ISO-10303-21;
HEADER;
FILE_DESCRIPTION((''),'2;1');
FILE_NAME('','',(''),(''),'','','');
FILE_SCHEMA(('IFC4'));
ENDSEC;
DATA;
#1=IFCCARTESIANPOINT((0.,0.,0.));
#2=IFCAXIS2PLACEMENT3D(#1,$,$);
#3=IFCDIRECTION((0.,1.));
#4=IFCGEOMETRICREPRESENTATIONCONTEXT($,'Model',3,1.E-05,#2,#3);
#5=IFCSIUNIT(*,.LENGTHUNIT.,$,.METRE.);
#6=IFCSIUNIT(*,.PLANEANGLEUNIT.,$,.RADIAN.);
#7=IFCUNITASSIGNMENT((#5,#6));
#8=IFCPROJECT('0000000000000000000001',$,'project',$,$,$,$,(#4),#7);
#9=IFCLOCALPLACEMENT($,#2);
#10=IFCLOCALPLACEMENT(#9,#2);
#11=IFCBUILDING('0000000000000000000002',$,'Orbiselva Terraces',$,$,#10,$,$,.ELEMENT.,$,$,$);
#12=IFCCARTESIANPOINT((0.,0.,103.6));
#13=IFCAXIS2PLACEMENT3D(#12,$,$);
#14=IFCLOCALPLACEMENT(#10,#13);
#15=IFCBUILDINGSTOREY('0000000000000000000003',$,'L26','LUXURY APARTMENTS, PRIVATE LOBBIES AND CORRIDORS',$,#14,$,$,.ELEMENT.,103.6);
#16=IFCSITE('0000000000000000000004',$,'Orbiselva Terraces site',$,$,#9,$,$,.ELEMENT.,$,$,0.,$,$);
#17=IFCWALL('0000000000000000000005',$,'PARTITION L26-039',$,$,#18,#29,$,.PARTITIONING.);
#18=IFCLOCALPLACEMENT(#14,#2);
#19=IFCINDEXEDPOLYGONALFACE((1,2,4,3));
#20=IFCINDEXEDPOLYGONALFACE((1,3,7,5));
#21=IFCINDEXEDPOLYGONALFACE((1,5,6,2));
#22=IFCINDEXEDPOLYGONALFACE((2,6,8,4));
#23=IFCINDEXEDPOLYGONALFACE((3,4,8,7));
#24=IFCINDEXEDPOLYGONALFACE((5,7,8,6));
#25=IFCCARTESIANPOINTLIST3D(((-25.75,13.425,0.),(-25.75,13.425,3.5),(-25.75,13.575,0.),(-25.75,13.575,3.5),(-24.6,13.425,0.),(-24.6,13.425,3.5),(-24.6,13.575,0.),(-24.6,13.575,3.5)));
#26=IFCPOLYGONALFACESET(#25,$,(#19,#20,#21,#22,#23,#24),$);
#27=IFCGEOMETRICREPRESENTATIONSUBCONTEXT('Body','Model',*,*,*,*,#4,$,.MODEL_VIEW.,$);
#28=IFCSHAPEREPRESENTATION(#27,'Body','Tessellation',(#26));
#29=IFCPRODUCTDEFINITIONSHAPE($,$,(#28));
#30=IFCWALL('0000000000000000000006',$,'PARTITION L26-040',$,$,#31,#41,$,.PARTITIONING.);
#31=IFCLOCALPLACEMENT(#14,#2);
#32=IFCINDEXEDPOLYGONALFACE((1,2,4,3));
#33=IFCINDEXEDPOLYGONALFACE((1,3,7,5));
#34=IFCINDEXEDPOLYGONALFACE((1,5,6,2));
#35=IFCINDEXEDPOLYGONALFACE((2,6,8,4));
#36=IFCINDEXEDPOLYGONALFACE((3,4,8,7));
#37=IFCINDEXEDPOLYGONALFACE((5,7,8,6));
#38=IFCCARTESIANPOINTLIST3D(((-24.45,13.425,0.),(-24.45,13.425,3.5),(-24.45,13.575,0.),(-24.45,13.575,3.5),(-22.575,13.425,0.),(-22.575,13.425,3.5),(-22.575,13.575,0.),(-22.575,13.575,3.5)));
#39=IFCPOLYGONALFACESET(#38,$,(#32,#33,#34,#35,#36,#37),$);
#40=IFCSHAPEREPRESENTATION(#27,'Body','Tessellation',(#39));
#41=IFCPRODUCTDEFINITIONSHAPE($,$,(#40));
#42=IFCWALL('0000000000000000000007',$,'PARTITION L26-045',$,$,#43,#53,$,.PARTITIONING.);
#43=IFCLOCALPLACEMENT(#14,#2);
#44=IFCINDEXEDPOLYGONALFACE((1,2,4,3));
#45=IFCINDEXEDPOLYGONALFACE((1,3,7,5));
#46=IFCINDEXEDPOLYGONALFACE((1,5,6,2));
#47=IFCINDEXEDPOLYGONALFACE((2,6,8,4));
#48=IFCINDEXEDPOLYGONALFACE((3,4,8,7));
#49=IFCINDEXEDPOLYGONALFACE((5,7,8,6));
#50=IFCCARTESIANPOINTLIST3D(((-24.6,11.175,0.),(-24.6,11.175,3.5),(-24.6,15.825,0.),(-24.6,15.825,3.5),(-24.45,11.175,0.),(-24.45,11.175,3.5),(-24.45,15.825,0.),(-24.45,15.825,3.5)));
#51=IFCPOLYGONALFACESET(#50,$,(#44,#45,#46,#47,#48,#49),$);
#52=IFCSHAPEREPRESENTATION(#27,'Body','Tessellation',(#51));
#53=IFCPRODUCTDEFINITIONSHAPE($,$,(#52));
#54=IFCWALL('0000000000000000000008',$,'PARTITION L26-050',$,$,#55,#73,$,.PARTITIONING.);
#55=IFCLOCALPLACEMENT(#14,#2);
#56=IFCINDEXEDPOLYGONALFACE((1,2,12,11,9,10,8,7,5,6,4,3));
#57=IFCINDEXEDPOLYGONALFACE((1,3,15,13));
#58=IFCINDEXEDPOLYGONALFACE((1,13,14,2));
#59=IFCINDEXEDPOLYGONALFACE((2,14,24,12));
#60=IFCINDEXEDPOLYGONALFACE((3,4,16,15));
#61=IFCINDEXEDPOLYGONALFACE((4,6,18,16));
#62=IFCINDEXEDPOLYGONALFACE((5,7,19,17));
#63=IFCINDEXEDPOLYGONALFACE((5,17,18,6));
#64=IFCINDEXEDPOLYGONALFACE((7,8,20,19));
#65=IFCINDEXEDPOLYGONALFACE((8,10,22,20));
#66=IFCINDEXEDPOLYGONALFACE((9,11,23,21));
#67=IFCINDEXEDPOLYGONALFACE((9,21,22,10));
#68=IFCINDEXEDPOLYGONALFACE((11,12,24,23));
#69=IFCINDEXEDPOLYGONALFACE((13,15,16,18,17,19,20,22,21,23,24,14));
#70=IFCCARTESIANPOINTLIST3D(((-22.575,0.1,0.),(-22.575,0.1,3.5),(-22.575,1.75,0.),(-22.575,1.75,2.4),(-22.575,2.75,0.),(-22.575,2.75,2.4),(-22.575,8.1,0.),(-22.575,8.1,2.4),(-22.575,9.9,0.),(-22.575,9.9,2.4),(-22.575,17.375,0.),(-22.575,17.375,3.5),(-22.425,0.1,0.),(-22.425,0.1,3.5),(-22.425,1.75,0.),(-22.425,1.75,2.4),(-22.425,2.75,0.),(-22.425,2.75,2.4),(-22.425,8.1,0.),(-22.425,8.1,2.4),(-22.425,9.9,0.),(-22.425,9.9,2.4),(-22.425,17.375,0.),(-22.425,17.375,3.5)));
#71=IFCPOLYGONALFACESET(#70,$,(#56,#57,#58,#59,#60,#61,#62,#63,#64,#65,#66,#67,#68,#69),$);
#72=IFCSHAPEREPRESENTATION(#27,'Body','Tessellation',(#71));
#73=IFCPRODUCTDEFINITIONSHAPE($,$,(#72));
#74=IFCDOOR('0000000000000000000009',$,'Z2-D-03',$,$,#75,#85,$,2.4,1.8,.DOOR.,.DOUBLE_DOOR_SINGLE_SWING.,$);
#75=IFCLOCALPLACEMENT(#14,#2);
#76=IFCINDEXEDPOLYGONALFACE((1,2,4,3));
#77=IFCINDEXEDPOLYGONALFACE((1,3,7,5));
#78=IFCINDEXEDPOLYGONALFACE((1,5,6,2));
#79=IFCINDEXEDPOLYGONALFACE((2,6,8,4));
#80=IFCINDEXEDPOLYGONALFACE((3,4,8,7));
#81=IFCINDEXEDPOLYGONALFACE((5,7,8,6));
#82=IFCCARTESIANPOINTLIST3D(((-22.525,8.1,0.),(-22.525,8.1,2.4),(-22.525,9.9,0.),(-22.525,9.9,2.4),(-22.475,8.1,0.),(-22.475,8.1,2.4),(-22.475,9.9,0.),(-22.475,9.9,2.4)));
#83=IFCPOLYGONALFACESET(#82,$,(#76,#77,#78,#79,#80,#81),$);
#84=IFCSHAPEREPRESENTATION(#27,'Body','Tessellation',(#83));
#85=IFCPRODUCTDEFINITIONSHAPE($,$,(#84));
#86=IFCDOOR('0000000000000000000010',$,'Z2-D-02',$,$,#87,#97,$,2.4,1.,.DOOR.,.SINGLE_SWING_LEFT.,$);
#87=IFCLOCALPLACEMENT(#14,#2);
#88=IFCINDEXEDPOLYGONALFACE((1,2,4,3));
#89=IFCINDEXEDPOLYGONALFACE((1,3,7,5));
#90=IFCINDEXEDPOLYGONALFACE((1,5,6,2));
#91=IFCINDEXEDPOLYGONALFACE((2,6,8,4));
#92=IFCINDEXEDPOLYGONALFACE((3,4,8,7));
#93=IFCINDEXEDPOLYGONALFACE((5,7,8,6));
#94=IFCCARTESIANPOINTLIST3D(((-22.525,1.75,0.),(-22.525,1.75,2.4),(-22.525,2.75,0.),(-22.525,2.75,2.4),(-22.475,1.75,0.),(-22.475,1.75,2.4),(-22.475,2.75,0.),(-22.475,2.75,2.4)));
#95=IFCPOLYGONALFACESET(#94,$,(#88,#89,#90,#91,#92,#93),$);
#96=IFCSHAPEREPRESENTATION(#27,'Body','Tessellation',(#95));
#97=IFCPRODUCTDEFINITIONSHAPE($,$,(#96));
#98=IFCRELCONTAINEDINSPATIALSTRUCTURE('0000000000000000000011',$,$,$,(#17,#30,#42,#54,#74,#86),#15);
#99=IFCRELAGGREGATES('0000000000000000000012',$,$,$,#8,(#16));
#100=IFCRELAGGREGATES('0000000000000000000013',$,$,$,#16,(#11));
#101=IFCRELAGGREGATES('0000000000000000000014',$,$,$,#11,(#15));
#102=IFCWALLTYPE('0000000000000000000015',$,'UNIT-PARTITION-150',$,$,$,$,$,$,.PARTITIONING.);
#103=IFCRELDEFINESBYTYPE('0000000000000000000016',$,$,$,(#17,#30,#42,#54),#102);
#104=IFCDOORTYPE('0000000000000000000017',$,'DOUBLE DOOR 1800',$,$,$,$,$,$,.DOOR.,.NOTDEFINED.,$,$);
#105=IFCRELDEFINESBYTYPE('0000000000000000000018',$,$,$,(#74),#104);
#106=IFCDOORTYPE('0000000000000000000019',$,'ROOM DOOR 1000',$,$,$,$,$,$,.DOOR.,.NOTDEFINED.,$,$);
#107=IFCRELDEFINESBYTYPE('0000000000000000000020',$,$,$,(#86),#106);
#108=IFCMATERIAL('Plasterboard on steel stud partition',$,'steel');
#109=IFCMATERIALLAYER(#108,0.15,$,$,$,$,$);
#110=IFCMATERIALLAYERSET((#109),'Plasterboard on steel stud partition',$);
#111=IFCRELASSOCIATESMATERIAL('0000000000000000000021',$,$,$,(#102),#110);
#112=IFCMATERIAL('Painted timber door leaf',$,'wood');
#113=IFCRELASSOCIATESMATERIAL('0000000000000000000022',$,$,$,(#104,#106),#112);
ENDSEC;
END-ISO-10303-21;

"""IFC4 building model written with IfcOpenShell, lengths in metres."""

from ifc_helpers import new_model, si_unit, direction, frame, frame_2d, origin, place, context, subcontext, project, spatial, rectangle, extrude, material, layer, layer_set, type_object, element, fill, save


model = new_model("IFC4")

# Units and contexts
model_context = context("Model", 3, precision=1e-05, world=origin(), true_north=direction((0.0, 1.0)))
body_context = subcontext(model_context, "Body", "Model", "MODEL_VIEW")
ifc_project = project(units=[si_unit("LENGTHUNIT", "METRE"), si_unit("PLANEANGLEUNIT", "RADIAN")], contexts=[model_context])

# Site, building, storey
site_placement = place(None, origin())
site = spatial("IfcSite", under=ifc_project, at=site_placement, Name="Orbiselva Terraces site", CompositionType="ELEMENT", RefElevation=0.0)
building_placement = place(site_placement, origin())
building = spatial("IfcBuilding", under=site, at=building_placement, Name="Orbiselva Terraces", CompositionType="ELEMENT")
storey_placement = place(building_placement, frame((0.0, 0.0, 103.6)))
storey = spatial("IfcBuildingStorey", under=building, at=storey_placement, Name="L26", Description="LUXURY APARTMENTS, PRIVATE LOBBIES AND CORRIDORS", CompositionType="ELEMENT", Elevation=103.6)

# Shared definitions
ifc_material_1 = material(Name="Plasterboard on steel stud partition", Category="steel")
ifc_material_2 = material(Name="Painted timber door leaf", Category="wood")

# Shared definitions
ifc_layer_1 = layer(ifc_material_1, 0.15)
ifc_layer_set_1 = layer_set([ifc_layer_1], Name="Plasterboard on steel stud partition")
wall_type_1 = type_object("IfcWallType", Name="UNIT-PARTITION-150", PredefinedType="PARTITIONING", material=ifc_layer_set_1)

# Walls
wall_1_placement = place(storey_placement, frame((-25.75, 13.5, 0.0), z_axis=(0.0, 0.0, 1.0), x_axis=(1.0, 0.0, 0.0)))
element("IfcWall", 1, at=wall_1_placement, inside=storey, type_object=wall_type_1, Name="PARTITION L26-039", PredefinedType="PARTITIONING", context=body_context, shape_type="SweptSolid", body=[
    extrude(rectangle(XDim=1.15, YDim=0.15, at=frame_2d((0.575, 0.0))), origin(), (0.0, 0.0, 1.0), 3.5),
])
wall_2_placement = place(storey_placement, frame((-24.45, 13.5, 0.0), z_axis=(0.0, 0.0, 1.0), x_axis=(1.0, 0.0, 0.0)))
element("IfcWall", 2, at=wall_2_placement, inside=storey, type_object=wall_type_1, Name="PARTITION L26-040", PredefinedType="PARTITIONING", context=body_context, shape_type="SweptSolid", body=[
    extrude(rectangle(XDim=1.875, YDim=0.15, at=frame_2d((0.9375, 0.0))), origin(), (0.0, 0.0, 1.0), 3.5),
])
wall_3_placement = place(storey_placement, frame((-24.525, 11.175, 0.0), z_axis=(0.0, 0.0, 1.0), x_axis=(0.0, 1.0, 0.0)))
element("IfcWall", 3, at=wall_3_placement, inside=storey, type_object=wall_type_1, Name="PARTITION L26-045", PredefinedType="PARTITIONING", context=body_context, shape_type="SweptSolid", body=[
    extrude(rectangle(XDim=4.65, YDim=0.15, at=frame_2d((2.325, 0.0))), origin(), (0.0, 0.0, 1.0), 3.5),
])

# Wall, openings, doors
wall_4_placement = place(storey_placement, frame((-22.5, 0.1, 0.0), z_axis=(0.0, 0.0, 1.0), x_axis=(0.0, 1.0, 0.0)))
wall_4 = element("IfcWall", 4, at=wall_4_placement, inside=storey, type_object=wall_type_1, Name="PARTITION L26-050", PredefinedType="PARTITIONING", context=body_context, shape_type="SweptSolid", body=[
    extrude(rectangle(XDim=17.275, YDim=0.15, at=frame_2d((8.6375, 0.0))), origin(), (0.0, 0.0, 1.0), 3.5),
])
opening_1_placement = place(wall_4_placement, frame((1.65, 0.0, 0.0)))
opening_1 = element("IfcOpeningElement", 5, at=opening_1_placement, cuts=wall_4, PredefinedType="OPENING", context=body_context, shape_type="SweptSolid", body=[
    extrude(rectangle(XDim=1.0, YDim=2.4, at=frame_2d((0.5, 1.2))), frame((0.0, 0.085, 0.0), z_axis=(0.0, -1.0, 0.0), x_axis=(1.0, 0.0, 0.0)), (0.0, 0.0, 1.0), 0.17),
])
opening_2_placement = place(wall_4_placement, frame((8.0, 0.0, 0.0)))
opening_2 = element("IfcOpeningElement", 6, at=opening_2_placement, cuts=wall_4, PredefinedType="OPENING", context=body_context, shape_type="SweptSolid", body=[
    extrude(rectangle(XDim=1.8, YDim=2.4, at=frame_2d((0.9, 1.2))), frame((0.0, 0.085, 0.0), z_axis=(0.0, -1.0, 0.0), x_axis=(1.0, 0.0, 0.0)), (0.0, 0.0, 1.0), 0.17),
])
door_type_1 = type_object("IfcDoorType", Name="DOUBLE DOOR 1800", OperationType="NOTDEFINED", PredefinedType="DOOR", material=ifc_material_2)
door_1_placement = place(opening_2_placement, origin())
door_1 = element("IfcDoor", 7, at=door_1_placement, inside=storey, type_object=door_type_1, Name="Z2-D-03", OperationType="DOUBLE_DOOR_SINGLE_SWING", OverallHeight=2.4, OverallWidth=1.8, PredefinedType="DOOR", context=body_context, shape_type="SweptSolid", body=[
    extrude(rectangle(XDim=1.8, YDim=2.4, at=frame_2d((0.9, 1.2))), frame((0.0, 0.025, 0.0), z_axis=(0.0, -1.0, 0.0), x_axis=(1.0, 0.0, 0.0)), (0.0, 0.0, 1.0), 0.05),
])
fill(opening_2, door_1)
door_type_2 = type_object("IfcDoorType", Name="ROOM DOOR 1000", OperationType="NOTDEFINED", PredefinedType="DOOR", material=ifc_material_2)
door_2_placement = place(opening_1_placement, origin())
door_2 = element("IfcDoor", 8, at=door_2_placement, inside=storey, type_object=door_type_2, Name="Z2-D-02", OperationType="SINGLE_SWING_LEFT", OverallHeight=2.4, OverallWidth=1.0, PredefinedType="DOOR", context=body_context, shape_type="SweptSolid", body=[
    extrude(rectangle(XDim=1.0, YDim=2.4, at=frame_2d((0.5, 1.2))), frame((0.0, 0.025, 0.0), z_axis=(0.0, -1.0, 0.0), x_axis=(1.0, 0.0, 0.0)), (0.0, 0.0, 1.0), 0.05),
])
fill(opening_1, door_2)

save(model, "model.ifc")
